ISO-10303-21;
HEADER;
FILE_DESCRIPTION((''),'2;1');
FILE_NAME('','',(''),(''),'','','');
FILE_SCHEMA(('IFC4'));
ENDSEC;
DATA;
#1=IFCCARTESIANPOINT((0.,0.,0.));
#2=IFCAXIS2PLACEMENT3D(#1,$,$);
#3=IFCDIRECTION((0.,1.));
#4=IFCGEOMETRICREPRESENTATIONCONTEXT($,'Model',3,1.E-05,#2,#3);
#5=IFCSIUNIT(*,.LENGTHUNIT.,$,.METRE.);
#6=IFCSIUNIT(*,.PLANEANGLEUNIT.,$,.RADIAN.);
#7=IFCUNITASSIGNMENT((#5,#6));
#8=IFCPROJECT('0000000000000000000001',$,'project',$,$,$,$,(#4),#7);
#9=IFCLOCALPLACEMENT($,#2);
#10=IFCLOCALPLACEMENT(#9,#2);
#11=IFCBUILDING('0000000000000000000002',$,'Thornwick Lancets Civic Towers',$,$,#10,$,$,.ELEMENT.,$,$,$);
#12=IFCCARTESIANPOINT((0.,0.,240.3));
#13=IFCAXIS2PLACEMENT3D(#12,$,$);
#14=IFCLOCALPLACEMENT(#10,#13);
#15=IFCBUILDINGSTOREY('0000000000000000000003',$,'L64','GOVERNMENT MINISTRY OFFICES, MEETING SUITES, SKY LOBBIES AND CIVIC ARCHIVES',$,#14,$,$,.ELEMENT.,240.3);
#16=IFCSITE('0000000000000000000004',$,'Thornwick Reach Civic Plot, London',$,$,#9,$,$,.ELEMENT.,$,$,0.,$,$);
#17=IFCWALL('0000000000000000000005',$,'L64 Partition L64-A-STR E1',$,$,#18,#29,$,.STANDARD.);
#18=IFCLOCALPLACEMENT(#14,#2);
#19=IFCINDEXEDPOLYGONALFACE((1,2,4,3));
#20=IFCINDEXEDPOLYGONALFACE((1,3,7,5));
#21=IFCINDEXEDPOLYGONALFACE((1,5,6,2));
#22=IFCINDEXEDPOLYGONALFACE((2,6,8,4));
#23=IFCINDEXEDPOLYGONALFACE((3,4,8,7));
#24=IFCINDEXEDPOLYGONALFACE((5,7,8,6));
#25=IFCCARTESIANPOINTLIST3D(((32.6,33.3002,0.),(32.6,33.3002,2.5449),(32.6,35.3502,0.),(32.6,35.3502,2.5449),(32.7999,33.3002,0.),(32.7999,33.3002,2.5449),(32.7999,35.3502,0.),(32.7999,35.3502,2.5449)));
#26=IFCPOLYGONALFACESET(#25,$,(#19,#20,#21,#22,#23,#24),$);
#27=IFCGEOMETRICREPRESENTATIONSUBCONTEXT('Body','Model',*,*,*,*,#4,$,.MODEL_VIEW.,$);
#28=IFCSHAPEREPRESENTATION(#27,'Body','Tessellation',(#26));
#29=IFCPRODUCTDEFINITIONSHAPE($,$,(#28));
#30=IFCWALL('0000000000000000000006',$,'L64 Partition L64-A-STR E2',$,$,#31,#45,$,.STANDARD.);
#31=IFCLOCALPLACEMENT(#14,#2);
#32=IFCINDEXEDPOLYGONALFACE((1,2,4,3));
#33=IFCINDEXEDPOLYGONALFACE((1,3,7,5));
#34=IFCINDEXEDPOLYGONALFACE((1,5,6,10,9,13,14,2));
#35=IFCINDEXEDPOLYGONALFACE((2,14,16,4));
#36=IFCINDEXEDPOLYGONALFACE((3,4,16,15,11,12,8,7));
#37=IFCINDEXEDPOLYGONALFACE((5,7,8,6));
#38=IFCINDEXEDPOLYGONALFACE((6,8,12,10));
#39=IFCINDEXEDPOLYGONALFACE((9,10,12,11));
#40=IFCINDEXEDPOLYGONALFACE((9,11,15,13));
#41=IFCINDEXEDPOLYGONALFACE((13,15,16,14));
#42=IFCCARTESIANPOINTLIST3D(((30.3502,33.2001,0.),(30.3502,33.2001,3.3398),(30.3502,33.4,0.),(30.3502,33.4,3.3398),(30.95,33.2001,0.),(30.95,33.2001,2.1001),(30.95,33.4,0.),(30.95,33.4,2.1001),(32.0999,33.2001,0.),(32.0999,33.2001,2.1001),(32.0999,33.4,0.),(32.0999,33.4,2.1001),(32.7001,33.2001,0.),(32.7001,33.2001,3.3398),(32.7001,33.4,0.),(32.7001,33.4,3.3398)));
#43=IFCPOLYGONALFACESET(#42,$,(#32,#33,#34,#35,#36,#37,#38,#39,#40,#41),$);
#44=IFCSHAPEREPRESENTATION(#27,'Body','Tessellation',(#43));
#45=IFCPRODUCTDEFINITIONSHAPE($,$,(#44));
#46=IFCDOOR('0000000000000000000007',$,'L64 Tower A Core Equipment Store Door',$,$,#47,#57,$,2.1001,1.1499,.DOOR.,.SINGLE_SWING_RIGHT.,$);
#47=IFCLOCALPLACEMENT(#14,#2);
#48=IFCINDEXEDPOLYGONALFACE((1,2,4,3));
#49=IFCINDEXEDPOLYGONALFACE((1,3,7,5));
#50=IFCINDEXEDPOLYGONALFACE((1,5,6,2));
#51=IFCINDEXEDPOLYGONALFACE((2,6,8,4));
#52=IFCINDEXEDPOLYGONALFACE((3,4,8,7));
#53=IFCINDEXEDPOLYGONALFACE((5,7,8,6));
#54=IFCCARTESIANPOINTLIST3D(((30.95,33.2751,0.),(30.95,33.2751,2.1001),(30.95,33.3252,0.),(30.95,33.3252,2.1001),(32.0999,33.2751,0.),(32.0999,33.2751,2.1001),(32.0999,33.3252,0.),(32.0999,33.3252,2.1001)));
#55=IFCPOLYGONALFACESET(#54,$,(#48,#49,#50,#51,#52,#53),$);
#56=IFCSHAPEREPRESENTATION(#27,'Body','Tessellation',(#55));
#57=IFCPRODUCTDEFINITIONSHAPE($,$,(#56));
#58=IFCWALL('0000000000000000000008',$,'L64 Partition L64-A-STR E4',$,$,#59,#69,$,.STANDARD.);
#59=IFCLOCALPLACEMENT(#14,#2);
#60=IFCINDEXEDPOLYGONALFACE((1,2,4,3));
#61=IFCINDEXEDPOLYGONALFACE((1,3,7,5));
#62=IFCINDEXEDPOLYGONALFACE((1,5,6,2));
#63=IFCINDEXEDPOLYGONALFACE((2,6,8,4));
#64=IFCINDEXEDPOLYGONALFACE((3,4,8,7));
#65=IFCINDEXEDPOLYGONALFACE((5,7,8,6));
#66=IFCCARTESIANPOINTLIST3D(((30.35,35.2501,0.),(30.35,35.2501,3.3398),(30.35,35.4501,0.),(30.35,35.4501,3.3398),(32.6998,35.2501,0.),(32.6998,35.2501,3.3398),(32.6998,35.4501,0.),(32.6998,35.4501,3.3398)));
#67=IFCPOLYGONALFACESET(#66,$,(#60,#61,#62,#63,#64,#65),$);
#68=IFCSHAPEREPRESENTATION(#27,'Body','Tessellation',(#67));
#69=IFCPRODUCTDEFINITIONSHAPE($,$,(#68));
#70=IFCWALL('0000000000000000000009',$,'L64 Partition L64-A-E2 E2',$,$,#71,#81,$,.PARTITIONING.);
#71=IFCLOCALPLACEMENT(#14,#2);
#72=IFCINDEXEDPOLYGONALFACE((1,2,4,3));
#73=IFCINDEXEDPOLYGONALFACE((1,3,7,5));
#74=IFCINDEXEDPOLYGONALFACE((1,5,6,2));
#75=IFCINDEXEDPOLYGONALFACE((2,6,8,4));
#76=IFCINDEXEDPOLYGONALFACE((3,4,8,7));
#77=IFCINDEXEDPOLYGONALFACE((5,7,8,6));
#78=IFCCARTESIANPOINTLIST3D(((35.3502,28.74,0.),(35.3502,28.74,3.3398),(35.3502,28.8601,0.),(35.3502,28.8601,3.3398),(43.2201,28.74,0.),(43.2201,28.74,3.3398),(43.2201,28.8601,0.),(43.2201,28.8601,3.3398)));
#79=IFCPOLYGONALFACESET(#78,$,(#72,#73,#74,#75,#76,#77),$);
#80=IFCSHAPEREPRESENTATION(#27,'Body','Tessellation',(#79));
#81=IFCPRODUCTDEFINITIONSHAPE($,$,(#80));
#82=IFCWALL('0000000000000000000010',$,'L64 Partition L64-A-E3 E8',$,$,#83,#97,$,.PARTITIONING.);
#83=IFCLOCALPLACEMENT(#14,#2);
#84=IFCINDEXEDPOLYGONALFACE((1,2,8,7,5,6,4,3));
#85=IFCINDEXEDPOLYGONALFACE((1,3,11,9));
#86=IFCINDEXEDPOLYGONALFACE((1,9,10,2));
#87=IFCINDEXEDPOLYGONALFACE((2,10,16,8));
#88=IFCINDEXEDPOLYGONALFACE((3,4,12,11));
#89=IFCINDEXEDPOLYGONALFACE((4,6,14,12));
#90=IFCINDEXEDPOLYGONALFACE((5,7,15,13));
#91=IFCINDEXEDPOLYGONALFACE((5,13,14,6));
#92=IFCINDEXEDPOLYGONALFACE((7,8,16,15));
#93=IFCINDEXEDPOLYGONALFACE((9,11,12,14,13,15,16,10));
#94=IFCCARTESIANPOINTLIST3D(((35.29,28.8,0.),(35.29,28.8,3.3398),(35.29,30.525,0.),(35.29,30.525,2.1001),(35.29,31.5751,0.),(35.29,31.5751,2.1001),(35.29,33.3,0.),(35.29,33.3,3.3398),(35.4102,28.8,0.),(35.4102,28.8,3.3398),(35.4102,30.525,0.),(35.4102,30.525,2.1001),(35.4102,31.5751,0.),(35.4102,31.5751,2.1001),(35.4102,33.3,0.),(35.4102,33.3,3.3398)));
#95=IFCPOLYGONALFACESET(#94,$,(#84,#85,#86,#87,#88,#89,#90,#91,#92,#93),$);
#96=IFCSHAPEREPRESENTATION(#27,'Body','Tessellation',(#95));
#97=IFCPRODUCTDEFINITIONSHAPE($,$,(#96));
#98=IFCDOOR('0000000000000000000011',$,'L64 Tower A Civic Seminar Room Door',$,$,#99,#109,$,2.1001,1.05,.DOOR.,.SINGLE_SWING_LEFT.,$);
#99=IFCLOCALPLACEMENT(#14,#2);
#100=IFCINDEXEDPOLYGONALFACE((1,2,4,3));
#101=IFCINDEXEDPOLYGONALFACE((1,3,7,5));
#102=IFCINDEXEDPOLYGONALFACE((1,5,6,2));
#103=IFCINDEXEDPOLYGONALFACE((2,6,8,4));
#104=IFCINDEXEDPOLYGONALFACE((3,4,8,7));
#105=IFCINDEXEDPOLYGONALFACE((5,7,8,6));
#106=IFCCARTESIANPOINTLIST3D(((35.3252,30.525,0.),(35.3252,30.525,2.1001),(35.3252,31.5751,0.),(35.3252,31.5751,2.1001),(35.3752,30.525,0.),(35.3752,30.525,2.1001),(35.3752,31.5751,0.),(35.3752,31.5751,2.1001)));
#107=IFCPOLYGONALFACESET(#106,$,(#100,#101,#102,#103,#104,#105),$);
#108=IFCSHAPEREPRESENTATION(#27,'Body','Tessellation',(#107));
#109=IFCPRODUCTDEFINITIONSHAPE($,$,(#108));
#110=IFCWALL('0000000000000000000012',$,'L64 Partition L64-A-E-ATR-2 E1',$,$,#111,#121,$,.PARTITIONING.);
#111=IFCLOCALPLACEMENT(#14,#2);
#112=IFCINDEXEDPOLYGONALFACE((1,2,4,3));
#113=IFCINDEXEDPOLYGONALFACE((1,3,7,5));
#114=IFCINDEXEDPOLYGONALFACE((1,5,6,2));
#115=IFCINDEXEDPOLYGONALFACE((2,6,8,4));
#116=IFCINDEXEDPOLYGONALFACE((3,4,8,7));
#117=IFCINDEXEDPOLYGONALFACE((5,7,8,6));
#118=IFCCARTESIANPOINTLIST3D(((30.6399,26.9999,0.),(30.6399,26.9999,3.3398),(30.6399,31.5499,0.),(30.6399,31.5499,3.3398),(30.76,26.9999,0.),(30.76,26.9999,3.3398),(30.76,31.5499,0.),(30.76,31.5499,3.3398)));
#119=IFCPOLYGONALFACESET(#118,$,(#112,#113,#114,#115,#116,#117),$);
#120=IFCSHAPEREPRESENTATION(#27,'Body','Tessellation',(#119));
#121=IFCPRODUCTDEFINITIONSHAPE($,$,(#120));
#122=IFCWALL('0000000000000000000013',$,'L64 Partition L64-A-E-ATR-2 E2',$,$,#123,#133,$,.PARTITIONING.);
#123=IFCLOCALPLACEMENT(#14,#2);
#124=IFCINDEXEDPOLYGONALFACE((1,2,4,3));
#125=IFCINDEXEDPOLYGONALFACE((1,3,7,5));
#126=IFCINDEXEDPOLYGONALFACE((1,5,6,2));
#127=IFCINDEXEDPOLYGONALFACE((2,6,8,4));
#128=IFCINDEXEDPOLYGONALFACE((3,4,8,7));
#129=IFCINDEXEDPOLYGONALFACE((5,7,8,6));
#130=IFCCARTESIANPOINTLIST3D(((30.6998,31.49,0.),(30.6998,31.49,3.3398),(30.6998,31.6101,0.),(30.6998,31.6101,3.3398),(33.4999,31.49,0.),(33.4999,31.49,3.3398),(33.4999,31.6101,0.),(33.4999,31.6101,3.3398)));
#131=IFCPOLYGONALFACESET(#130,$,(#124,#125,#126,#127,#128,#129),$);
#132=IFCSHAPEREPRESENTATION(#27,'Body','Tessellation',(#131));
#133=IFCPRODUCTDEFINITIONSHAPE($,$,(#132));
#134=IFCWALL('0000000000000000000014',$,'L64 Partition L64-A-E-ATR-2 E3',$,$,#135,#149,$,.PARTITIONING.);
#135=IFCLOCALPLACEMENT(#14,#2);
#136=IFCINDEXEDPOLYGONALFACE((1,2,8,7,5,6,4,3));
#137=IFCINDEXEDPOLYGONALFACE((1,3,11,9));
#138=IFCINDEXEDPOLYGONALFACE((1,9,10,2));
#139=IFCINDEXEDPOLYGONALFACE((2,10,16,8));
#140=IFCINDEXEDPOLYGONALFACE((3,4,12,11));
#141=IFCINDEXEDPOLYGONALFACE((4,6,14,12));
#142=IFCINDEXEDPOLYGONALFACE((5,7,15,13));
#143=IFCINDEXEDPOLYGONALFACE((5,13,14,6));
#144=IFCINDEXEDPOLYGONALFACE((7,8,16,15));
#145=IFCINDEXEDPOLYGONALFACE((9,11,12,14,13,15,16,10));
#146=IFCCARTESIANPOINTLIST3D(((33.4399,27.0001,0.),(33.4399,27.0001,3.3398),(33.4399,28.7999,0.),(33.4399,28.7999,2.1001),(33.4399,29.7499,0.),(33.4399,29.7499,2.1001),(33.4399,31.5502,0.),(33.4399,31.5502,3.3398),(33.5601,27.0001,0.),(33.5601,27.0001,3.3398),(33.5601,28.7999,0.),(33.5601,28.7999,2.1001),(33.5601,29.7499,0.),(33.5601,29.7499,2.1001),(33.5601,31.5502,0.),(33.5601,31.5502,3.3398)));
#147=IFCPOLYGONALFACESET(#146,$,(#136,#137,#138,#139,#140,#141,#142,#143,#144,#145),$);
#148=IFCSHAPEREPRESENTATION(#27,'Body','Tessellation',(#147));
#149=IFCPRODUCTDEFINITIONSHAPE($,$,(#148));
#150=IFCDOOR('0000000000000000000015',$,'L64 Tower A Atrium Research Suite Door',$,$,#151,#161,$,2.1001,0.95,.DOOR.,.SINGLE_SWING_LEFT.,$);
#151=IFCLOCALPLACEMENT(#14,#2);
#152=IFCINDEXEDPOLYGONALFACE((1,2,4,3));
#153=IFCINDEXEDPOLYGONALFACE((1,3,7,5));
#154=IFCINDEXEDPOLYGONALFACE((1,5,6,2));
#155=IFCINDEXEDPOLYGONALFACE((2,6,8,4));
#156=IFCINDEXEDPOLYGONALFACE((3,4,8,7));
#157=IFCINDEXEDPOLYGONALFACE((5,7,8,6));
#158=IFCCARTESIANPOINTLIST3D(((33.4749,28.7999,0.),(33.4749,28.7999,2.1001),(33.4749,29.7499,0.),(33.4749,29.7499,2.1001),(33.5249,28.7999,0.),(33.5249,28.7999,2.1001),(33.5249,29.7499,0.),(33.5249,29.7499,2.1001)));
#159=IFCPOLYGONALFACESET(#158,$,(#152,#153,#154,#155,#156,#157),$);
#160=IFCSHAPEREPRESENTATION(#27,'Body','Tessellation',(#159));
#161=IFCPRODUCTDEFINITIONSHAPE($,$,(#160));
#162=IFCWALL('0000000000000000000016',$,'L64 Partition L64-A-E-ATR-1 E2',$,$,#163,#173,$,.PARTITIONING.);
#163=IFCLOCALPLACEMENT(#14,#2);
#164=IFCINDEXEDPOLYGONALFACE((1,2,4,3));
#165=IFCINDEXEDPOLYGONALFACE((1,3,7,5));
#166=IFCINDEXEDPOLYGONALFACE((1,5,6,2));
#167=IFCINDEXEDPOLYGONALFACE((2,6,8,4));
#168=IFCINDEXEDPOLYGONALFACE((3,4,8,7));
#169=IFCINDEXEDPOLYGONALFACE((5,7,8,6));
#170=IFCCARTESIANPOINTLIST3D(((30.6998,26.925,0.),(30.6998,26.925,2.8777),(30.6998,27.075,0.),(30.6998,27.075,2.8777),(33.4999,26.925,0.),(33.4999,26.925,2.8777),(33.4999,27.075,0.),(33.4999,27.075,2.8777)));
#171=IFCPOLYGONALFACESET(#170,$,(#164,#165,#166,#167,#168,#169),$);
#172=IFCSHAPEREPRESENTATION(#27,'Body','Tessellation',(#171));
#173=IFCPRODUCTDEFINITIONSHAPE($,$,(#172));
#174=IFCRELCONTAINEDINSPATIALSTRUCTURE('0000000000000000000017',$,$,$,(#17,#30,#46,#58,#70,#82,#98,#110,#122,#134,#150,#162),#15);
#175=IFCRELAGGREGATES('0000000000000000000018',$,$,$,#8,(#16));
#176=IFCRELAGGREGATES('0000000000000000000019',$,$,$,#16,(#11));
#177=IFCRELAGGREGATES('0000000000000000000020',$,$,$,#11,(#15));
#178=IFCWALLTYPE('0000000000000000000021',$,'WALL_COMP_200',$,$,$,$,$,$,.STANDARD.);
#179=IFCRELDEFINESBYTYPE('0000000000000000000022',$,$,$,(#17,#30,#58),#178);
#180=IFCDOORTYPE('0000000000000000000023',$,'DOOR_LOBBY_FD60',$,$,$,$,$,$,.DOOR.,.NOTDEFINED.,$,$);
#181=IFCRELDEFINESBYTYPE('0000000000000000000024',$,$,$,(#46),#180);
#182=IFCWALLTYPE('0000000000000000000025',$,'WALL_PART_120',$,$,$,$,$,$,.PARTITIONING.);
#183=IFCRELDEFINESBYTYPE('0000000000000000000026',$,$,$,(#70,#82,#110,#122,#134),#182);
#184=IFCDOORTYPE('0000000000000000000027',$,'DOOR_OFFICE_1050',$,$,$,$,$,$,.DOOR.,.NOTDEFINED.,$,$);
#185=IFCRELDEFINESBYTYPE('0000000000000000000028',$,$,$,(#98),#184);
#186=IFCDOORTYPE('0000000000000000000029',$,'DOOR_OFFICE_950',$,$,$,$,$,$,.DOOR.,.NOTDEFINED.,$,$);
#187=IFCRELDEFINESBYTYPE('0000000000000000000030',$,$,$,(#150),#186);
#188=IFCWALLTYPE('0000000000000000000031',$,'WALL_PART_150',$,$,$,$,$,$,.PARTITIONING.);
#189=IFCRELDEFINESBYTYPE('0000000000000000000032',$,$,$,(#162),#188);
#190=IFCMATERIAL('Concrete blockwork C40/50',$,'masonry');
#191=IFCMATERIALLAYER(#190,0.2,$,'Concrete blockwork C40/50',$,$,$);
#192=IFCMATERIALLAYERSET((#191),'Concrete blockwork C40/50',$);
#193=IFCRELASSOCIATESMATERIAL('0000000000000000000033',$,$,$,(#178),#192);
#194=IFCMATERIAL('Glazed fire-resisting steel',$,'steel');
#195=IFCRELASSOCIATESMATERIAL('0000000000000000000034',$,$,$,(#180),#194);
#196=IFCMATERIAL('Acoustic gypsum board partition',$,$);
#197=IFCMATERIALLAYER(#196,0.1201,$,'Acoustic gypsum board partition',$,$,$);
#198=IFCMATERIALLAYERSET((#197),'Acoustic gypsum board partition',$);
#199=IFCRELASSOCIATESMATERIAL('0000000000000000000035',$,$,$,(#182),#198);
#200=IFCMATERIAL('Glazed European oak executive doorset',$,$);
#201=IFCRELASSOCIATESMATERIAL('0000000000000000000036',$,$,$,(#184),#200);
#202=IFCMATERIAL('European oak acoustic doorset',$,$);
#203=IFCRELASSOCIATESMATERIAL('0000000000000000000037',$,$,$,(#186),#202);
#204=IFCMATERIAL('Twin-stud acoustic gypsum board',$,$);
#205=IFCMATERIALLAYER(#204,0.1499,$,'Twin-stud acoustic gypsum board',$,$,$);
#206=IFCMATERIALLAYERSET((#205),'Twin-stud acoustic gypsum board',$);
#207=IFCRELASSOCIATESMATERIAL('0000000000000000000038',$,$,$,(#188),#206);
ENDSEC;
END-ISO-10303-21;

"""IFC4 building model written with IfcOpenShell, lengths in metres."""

from ifc_helpers import new_model, si_unit, direction, frame, frame_2d, origin, place, context, subcontext, project, spatial, rectangle, extrude, material, layer, layer_set, type_object, element, fill, save


model = new_model("IFC4")

# Units and contexts
model_context = context("Model", 3, precision=1e-05, world=origin(), true_north=direction((0.0, 1.0)))
body_context = subcontext(model_context, "Body", "Model", "MODEL_VIEW")
ifc_project = project(units=[si_unit("LENGTHUNIT", "METRE"), si_unit("PLANEANGLEUNIT", "RADIAN")], contexts=[model_context])

# Site, building, storey
site_placement = place(None, origin())
site = spatial("IfcSite", under=ifc_project, at=site_placement, Name="Thornwick Reach Civic Plot, London", CompositionType="ELEMENT", RefElevation=0.0)
building_placement = place(site_placement, origin())
building = spatial("IfcBuilding", under=site, at=building_placement, Name="Thornwick Lancets Civic Towers", CompositionType="ELEMENT")
storey_placement = place(building_placement, frame((0.0, 0.0, 240.3)))
storey = spatial("IfcBuildingStorey", under=building, at=storey_placement, Name="L64", Description="GOVERNMENT MINISTRY OFFICES, MEETING SUITES, SKY LOBBIES AND CIVIC ARCHIVES", CompositionType="ELEMENT", Elevation=240.3)

# Shared definitions
ifc_material_1 = material(Name="Concrete blockwork C40/50", Category="masonry")
ifc_layer_1 = layer(ifc_material_1, 0.2, Name="Concrete blockwork C40/50")
ifc_layer_set_1 = layer_set([ifc_layer_1], Name="Concrete blockwork C40/50")
wall_type_1 = type_object("IfcWallType", Name="WALL_COMP_200", PredefinedType="STANDARD", material=ifc_layer_set_1)
ifc_material_2 = material(Name="Glazed fire-resisting steel", Category="steel")
door_type_1 = type_object("IfcDoorType", Name="DOOR_LOBBY_FD60", OperationType="NOTDEFINED", PredefinedType="DOOR", material=ifc_material_2)

# Wall
wall_1_placement = place(storey_placement, frame((32.7, 35.3501, 0.0), z_axis=(0.0, 0.0, 1.0), x_axis=(0.0, -1.0, 0.0)))
element("IfcWall", 1, at=wall_1_placement, inside=storey, type_object=wall_type_1, Name="L64 Partition L64-A-STR E1", PredefinedType="STANDARD", context=body_context, shape_type="SweptSolid", body=[
    extrude(rectangle(XDim=2.05, YDim=0.2, at=frame_2d((1.0249, 0.0))), origin(), (0.0, 0.0, 1.0), 2.5449),
])

# Wall, opening, door
wall_2_placement = place(storey_placement, frame((32.7, 33.3, 0.0), z_axis=(0.0, 0.0, 1.0), x_axis=(-1.0, 0.0, 0.0)))
wall_2 = element("IfcWall", 2, at=wall_2_placement, inside=storey, type_object=wall_type_1, Name="L64 Partition L64-A-STR E2", PredefinedType="STANDARD", context=body_context, shape_type="SweptSolid", body=[
    extrude(rectangle(XDim=2.3499, YDim=0.2, at=frame_2d((1.1748, 0.0))), origin(), (0.0, 0.0, 1.0), 3.3398),
])
opening_1_placement = place(wall_2_placement, frame((0.6001, 0.0, 0.0)))
opening_1 = element("IfcOpeningElement", 3, at=opening_1_placement, cuts=wall_2, PredefinedType="OPENING", context=body_context, shape_type="SweptSolid", body=[
    extrude(rectangle(XDim=1.1499, YDim=2.1001, at=frame_2d((0.575, 1.05))), frame((0.0, 0.1099, 0.0), z_axis=(0.0, -1.0, 0.0), x_axis=(1.0, 0.0, 0.0)), (0.0, 0.0, 1.0), 0.22),
])
door_1_placement = place(opening_1_placement, origin())
door_1 = element("IfcDoor", 4, at=door_1_placement, inside=storey, type_object=door_type_1, Name="L64 Tower A Core Equipment Store Door", OperationType="SINGLE_SWING_RIGHT", OverallHeight=2.1001, OverallWidth=1.1499, PredefinedType="DOOR", context=body_context, shape_type="SweptSolid", body=[
    extrude(rectangle(XDim=1.1499, YDim=2.1001, at=frame_2d((0.575, 1.05))), frame((0.0, 0.0249, 0.0), z_axis=(0.0, -1.0, 0.0), x_axis=(1.0, 0.0, 0.0)), (0.0, 0.0, 1.0), 0.05),
])
fill(opening_1, door_1)

# Walls
wall_3_placement = place(storey_placement, frame((30.3501, 35.3501, 0.0), z_axis=(0.0, 0.0, 1.0), x_axis=(1.0, 0.0, 0.0)))
element("IfcWall", 5, at=wall_3_placement, inside=storey, type_object=wall_type_1, Name="L64 Partition L64-A-STR E4", PredefinedType="STANDARD", context=body_context, shape_type="SweptSolid", body=[
    extrude(rectangle(XDim=2.3499, YDim=0.2, at=frame_2d((1.1748, 0.0))), origin(), (0.0, 0.0, 1.0), 3.3398),
])
ifc_material_3 = material(Name="Acoustic gypsum board partition")
ifc_layer_2 = layer(ifc_material_3, 0.1201, Name="Acoustic gypsum board partition")
ifc_layer_set_2 = layer_set([ifc_layer_2], Name="Acoustic gypsum board partition")
wall_type_2 = type_object("IfcWallType", Name="WALL_PART_120", PredefinedType="PARTITIONING", material=ifc_layer_set_2)
wall_4_placement = place(storey_placement, frame((35.3501, 28.8, 0.0), z_axis=(0.0, 0.0, 1.0), x_axis=(1.0, 0.0, 0.0)))
element("IfcWall", 6, at=wall_4_placement, inside=storey, type_object=wall_type_2, Name="L64 Partition L64-A-E2 E2", PredefinedType="PARTITIONING", context=body_context, shape_type="SweptSolid", body=[
    extrude(rectangle(XDim=7.8699, YDim=0.1201, at=frame_2d((3.9351, 0.0))), origin(), (0.0, 0.0, 1.0), 3.3398),
])

# Wall, opening, door
wall_5_placement = place(storey_placement, frame((35.3501, 28.8, 0.0), z_axis=(0.0, 0.0, 1.0), x_axis=(0.0, 1.0, 0.0)))
wall_5 = element("IfcWall", 7, at=wall_5_placement, inside=storey, type_object=wall_type_2, Name="L64 Partition L64-A-E3 E8", PredefinedType="PARTITIONING", context=body_context, shape_type="SweptSolid", body=[
    extrude(rectangle(XDim=4.5, YDim=0.1201, at=frame_2d((2.25, 0.0))), origin(), (0.0, 0.0, 1.0), 3.3398),
])
opening_2_placement = place(wall_5_placement, frame((1.7251, 0.0, 0.0)))
opening_2 = element("IfcOpeningElement", 8, at=opening_2_placement, cuts=wall_5, PredefinedType="OPENING", context=body_context, shape_type="SweptSolid", body=[
    extrude(rectangle(XDim=1.05, YDim=2.1001, at=frame_2d((0.5249, 1.05))), frame((0.0, 0.0701, 0.0), z_axis=(0.0, -1.0, 0.0), x_axis=(1.0, 0.0, 0.0)), (0.0, 0.0, 1.0), 0.1401),
])
ifc_material_4 = material(Name="Glazed European oak executive doorset")
door_type_2 = type_object("IfcDoorType", Name="DOOR_OFFICE_1050", OperationType="NOTDEFINED", PredefinedType="DOOR", material=ifc_material_4)
door_2_placement = place(opening_2_placement, origin())
door_2 = element("IfcDoor", 9, at=door_2_placement, inside=storey, type_object=door_type_2, Name="L64 Tower A Civic Seminar Room Door", OperationType="SINGLE_SWING_LEFT", OverallHeight=2.1001, OverallWidth=1.05, PredefinedType="DOOR", context=body_context, shape_type="SweptSolid", body=[
    extrude(rectangle(XDim=1.05, YDim=2.1001, at=frame_2d((0.5249, 1.05))), frame((0.0, 0.0249, 0.0), z_axis=(0.0, -1.0, 0.0), x_axis=(1.0, 0.0, 0.0)), (0.0, 0.0, 1.0), 0.05),
])
fill(opening_2, door_2)

# Walls
wall_6_placement = place(storey_placement, frame((30.7, 27.0, 0.0), z_axis=(0.0, 0.0, 1.0), x_axis=(0.0, 1.0, 0.0)))
element("IfcWall", 10, at=wall_6_placement, inside=storey, type_object=wall_type_2, Name="L64 Partition L64-A-E-ATR-2 E1", PredefinedType="PARTITIONING", context=body_context, shape_type="SweptSolid", body=[
    extrude(rectangle(XDim=4.55, YDim=0.1201, at=frame_2d((2.2749, 0.0))), origin(), (0.0, 0.0, 1.0), 3.3398),
])
wall_7_placement = place(storey_placement, frame((30.7, 31.55, 0.0), z_axis=(0.0, 0.0, 1.0), x_axis=(1.0, 0.0, 0.0)))
element("IfcWall", 11, at=wall_7_placement, inside=storey, type_object=wall_type_2, Name="L64 Partition L64-A-E-ATR-2 E2", PredefinedType="PARTITIONING", context=body_context, shape_type="SweptSolid", body=[
    extrude(rectangle(XDim=2.8, YDim=0.1201, at=frame_2d((1.3999, 0.0))), origin(), (0.0, 0.0, 1.0), 3.3398),
])

# Wall, opening, door
wall_8_placement = place(storey_placement, frame((33.5, 31.55, 0.0), z_axis=(0.0, 0.0, 1.0), x_axis=(0.0, -1.0, 0.0)))
wall_8 = element("IfcWall", 12, at=wall_8_placement, inside=storey, type_object=wall_type_2, Name="L64 Partition L64-A-E-ATR-2 E3", PredefinedType="PARTITIONING", context=body_context, shape_type="SweptSolid", body=[
    extrude(rectangle(XDim=4.55, YDim=0.1201, at=frame_2d((2.2749, 0.0))), origin(), (0.0, 0.0, 1.0), 3.3398),
])
opening_3_placement = place(wall_8_placement, frame((1.8, 0.0, 0.0)))
opening_3 = element("IfcOpeningElement", 13, at=opening_3_placement, cuts=wall_8, PredefinedType="OPENING", context=body_context, shape_type="SweptSolid", body=[
    extrude(rectangle(XDim=0.95, YDim=2.1001, at=frame_2d((0.4751, 1.05))), frame((0.0, 0.0701, 0.0), z_axis=(0.0, -1.0, 0.0), x_axis=(1.0, 0.0, 0.0)), (0.0, 0.0, 1.0), 0.1401),
])
ifc_material_5 = material(Name="European oak acoustic doorset")
door_type_3 = type_object("IfcDoorType", Name="DOOR_OFFICE_950", OperationType="NOTDEFINED", PredefinedType="DOOR", material=ifc_material_5)
door_3_placement = place(opening_3_placement, origin())
door_3 = element("IfcDoor", 14, at=door_3_placement, inside=storey, type_object=door_type_3, Name="L64 Tower A Atrium Research Suite Door", OperationType="SINGLE_SWING_LEFT", OverallHeight=2.1001, OverallWidth=0.95, PredefinedType="DOOR", context=body_context, shape_type="SweptSolid", body=[
    extrude(rectangle(XDim=0.95, YDim=2.1001, at=frame_2d((0.4751, 1.05))), frame((0.0, 0.0249, 0.0), z_axis=(0.0, -1.0, 0.0), x_axis=(1.0, 0.0, 0.0)), (0.0, 0.0, 1.0), 0.05),
])
fill(opening_3, door_3)

# Wall
ifc_material_6 = material(Name="Twin-stud acoustic gypsum board")
ifc_layer_3 = layer(ifc_material_6, 0.1499, Name="Twin-stud acoustic gypsum board")
ifc_layer_set_3 = layer_set([ifc_layer_3], Name="Twin-stud acoustic gypsum board")
wall_type_3 = type_object("IfcWallType", Name="WALL_PART_150", PredefinedType="PARTITIONING", material=ifc_layer_set_3)
wall_9_placement = place(storey_placement, frame((30.7, 27.0, 0.0), z_axis=(0.0, 0.0, 1.0), x_axis=(1.0, 0.0, 0.0)))
element("IfcWall", 15, at=wall_9_placement, inside=storey, type_object=wall_type_3, Name="L64 Partition L64-A-E-ATR-1 E2", PredefinedType="PARTITIONING", context=body_context, shape_type="SweptSolid", body=[
    extrude(rectangle(XDim=2.8, YDim=0.1499, at=frame_2d((1.3999, 0.0))), origin(), (0.0, 0.0, 1.0), 2.8777),
])

save(model, "model.ifc")
